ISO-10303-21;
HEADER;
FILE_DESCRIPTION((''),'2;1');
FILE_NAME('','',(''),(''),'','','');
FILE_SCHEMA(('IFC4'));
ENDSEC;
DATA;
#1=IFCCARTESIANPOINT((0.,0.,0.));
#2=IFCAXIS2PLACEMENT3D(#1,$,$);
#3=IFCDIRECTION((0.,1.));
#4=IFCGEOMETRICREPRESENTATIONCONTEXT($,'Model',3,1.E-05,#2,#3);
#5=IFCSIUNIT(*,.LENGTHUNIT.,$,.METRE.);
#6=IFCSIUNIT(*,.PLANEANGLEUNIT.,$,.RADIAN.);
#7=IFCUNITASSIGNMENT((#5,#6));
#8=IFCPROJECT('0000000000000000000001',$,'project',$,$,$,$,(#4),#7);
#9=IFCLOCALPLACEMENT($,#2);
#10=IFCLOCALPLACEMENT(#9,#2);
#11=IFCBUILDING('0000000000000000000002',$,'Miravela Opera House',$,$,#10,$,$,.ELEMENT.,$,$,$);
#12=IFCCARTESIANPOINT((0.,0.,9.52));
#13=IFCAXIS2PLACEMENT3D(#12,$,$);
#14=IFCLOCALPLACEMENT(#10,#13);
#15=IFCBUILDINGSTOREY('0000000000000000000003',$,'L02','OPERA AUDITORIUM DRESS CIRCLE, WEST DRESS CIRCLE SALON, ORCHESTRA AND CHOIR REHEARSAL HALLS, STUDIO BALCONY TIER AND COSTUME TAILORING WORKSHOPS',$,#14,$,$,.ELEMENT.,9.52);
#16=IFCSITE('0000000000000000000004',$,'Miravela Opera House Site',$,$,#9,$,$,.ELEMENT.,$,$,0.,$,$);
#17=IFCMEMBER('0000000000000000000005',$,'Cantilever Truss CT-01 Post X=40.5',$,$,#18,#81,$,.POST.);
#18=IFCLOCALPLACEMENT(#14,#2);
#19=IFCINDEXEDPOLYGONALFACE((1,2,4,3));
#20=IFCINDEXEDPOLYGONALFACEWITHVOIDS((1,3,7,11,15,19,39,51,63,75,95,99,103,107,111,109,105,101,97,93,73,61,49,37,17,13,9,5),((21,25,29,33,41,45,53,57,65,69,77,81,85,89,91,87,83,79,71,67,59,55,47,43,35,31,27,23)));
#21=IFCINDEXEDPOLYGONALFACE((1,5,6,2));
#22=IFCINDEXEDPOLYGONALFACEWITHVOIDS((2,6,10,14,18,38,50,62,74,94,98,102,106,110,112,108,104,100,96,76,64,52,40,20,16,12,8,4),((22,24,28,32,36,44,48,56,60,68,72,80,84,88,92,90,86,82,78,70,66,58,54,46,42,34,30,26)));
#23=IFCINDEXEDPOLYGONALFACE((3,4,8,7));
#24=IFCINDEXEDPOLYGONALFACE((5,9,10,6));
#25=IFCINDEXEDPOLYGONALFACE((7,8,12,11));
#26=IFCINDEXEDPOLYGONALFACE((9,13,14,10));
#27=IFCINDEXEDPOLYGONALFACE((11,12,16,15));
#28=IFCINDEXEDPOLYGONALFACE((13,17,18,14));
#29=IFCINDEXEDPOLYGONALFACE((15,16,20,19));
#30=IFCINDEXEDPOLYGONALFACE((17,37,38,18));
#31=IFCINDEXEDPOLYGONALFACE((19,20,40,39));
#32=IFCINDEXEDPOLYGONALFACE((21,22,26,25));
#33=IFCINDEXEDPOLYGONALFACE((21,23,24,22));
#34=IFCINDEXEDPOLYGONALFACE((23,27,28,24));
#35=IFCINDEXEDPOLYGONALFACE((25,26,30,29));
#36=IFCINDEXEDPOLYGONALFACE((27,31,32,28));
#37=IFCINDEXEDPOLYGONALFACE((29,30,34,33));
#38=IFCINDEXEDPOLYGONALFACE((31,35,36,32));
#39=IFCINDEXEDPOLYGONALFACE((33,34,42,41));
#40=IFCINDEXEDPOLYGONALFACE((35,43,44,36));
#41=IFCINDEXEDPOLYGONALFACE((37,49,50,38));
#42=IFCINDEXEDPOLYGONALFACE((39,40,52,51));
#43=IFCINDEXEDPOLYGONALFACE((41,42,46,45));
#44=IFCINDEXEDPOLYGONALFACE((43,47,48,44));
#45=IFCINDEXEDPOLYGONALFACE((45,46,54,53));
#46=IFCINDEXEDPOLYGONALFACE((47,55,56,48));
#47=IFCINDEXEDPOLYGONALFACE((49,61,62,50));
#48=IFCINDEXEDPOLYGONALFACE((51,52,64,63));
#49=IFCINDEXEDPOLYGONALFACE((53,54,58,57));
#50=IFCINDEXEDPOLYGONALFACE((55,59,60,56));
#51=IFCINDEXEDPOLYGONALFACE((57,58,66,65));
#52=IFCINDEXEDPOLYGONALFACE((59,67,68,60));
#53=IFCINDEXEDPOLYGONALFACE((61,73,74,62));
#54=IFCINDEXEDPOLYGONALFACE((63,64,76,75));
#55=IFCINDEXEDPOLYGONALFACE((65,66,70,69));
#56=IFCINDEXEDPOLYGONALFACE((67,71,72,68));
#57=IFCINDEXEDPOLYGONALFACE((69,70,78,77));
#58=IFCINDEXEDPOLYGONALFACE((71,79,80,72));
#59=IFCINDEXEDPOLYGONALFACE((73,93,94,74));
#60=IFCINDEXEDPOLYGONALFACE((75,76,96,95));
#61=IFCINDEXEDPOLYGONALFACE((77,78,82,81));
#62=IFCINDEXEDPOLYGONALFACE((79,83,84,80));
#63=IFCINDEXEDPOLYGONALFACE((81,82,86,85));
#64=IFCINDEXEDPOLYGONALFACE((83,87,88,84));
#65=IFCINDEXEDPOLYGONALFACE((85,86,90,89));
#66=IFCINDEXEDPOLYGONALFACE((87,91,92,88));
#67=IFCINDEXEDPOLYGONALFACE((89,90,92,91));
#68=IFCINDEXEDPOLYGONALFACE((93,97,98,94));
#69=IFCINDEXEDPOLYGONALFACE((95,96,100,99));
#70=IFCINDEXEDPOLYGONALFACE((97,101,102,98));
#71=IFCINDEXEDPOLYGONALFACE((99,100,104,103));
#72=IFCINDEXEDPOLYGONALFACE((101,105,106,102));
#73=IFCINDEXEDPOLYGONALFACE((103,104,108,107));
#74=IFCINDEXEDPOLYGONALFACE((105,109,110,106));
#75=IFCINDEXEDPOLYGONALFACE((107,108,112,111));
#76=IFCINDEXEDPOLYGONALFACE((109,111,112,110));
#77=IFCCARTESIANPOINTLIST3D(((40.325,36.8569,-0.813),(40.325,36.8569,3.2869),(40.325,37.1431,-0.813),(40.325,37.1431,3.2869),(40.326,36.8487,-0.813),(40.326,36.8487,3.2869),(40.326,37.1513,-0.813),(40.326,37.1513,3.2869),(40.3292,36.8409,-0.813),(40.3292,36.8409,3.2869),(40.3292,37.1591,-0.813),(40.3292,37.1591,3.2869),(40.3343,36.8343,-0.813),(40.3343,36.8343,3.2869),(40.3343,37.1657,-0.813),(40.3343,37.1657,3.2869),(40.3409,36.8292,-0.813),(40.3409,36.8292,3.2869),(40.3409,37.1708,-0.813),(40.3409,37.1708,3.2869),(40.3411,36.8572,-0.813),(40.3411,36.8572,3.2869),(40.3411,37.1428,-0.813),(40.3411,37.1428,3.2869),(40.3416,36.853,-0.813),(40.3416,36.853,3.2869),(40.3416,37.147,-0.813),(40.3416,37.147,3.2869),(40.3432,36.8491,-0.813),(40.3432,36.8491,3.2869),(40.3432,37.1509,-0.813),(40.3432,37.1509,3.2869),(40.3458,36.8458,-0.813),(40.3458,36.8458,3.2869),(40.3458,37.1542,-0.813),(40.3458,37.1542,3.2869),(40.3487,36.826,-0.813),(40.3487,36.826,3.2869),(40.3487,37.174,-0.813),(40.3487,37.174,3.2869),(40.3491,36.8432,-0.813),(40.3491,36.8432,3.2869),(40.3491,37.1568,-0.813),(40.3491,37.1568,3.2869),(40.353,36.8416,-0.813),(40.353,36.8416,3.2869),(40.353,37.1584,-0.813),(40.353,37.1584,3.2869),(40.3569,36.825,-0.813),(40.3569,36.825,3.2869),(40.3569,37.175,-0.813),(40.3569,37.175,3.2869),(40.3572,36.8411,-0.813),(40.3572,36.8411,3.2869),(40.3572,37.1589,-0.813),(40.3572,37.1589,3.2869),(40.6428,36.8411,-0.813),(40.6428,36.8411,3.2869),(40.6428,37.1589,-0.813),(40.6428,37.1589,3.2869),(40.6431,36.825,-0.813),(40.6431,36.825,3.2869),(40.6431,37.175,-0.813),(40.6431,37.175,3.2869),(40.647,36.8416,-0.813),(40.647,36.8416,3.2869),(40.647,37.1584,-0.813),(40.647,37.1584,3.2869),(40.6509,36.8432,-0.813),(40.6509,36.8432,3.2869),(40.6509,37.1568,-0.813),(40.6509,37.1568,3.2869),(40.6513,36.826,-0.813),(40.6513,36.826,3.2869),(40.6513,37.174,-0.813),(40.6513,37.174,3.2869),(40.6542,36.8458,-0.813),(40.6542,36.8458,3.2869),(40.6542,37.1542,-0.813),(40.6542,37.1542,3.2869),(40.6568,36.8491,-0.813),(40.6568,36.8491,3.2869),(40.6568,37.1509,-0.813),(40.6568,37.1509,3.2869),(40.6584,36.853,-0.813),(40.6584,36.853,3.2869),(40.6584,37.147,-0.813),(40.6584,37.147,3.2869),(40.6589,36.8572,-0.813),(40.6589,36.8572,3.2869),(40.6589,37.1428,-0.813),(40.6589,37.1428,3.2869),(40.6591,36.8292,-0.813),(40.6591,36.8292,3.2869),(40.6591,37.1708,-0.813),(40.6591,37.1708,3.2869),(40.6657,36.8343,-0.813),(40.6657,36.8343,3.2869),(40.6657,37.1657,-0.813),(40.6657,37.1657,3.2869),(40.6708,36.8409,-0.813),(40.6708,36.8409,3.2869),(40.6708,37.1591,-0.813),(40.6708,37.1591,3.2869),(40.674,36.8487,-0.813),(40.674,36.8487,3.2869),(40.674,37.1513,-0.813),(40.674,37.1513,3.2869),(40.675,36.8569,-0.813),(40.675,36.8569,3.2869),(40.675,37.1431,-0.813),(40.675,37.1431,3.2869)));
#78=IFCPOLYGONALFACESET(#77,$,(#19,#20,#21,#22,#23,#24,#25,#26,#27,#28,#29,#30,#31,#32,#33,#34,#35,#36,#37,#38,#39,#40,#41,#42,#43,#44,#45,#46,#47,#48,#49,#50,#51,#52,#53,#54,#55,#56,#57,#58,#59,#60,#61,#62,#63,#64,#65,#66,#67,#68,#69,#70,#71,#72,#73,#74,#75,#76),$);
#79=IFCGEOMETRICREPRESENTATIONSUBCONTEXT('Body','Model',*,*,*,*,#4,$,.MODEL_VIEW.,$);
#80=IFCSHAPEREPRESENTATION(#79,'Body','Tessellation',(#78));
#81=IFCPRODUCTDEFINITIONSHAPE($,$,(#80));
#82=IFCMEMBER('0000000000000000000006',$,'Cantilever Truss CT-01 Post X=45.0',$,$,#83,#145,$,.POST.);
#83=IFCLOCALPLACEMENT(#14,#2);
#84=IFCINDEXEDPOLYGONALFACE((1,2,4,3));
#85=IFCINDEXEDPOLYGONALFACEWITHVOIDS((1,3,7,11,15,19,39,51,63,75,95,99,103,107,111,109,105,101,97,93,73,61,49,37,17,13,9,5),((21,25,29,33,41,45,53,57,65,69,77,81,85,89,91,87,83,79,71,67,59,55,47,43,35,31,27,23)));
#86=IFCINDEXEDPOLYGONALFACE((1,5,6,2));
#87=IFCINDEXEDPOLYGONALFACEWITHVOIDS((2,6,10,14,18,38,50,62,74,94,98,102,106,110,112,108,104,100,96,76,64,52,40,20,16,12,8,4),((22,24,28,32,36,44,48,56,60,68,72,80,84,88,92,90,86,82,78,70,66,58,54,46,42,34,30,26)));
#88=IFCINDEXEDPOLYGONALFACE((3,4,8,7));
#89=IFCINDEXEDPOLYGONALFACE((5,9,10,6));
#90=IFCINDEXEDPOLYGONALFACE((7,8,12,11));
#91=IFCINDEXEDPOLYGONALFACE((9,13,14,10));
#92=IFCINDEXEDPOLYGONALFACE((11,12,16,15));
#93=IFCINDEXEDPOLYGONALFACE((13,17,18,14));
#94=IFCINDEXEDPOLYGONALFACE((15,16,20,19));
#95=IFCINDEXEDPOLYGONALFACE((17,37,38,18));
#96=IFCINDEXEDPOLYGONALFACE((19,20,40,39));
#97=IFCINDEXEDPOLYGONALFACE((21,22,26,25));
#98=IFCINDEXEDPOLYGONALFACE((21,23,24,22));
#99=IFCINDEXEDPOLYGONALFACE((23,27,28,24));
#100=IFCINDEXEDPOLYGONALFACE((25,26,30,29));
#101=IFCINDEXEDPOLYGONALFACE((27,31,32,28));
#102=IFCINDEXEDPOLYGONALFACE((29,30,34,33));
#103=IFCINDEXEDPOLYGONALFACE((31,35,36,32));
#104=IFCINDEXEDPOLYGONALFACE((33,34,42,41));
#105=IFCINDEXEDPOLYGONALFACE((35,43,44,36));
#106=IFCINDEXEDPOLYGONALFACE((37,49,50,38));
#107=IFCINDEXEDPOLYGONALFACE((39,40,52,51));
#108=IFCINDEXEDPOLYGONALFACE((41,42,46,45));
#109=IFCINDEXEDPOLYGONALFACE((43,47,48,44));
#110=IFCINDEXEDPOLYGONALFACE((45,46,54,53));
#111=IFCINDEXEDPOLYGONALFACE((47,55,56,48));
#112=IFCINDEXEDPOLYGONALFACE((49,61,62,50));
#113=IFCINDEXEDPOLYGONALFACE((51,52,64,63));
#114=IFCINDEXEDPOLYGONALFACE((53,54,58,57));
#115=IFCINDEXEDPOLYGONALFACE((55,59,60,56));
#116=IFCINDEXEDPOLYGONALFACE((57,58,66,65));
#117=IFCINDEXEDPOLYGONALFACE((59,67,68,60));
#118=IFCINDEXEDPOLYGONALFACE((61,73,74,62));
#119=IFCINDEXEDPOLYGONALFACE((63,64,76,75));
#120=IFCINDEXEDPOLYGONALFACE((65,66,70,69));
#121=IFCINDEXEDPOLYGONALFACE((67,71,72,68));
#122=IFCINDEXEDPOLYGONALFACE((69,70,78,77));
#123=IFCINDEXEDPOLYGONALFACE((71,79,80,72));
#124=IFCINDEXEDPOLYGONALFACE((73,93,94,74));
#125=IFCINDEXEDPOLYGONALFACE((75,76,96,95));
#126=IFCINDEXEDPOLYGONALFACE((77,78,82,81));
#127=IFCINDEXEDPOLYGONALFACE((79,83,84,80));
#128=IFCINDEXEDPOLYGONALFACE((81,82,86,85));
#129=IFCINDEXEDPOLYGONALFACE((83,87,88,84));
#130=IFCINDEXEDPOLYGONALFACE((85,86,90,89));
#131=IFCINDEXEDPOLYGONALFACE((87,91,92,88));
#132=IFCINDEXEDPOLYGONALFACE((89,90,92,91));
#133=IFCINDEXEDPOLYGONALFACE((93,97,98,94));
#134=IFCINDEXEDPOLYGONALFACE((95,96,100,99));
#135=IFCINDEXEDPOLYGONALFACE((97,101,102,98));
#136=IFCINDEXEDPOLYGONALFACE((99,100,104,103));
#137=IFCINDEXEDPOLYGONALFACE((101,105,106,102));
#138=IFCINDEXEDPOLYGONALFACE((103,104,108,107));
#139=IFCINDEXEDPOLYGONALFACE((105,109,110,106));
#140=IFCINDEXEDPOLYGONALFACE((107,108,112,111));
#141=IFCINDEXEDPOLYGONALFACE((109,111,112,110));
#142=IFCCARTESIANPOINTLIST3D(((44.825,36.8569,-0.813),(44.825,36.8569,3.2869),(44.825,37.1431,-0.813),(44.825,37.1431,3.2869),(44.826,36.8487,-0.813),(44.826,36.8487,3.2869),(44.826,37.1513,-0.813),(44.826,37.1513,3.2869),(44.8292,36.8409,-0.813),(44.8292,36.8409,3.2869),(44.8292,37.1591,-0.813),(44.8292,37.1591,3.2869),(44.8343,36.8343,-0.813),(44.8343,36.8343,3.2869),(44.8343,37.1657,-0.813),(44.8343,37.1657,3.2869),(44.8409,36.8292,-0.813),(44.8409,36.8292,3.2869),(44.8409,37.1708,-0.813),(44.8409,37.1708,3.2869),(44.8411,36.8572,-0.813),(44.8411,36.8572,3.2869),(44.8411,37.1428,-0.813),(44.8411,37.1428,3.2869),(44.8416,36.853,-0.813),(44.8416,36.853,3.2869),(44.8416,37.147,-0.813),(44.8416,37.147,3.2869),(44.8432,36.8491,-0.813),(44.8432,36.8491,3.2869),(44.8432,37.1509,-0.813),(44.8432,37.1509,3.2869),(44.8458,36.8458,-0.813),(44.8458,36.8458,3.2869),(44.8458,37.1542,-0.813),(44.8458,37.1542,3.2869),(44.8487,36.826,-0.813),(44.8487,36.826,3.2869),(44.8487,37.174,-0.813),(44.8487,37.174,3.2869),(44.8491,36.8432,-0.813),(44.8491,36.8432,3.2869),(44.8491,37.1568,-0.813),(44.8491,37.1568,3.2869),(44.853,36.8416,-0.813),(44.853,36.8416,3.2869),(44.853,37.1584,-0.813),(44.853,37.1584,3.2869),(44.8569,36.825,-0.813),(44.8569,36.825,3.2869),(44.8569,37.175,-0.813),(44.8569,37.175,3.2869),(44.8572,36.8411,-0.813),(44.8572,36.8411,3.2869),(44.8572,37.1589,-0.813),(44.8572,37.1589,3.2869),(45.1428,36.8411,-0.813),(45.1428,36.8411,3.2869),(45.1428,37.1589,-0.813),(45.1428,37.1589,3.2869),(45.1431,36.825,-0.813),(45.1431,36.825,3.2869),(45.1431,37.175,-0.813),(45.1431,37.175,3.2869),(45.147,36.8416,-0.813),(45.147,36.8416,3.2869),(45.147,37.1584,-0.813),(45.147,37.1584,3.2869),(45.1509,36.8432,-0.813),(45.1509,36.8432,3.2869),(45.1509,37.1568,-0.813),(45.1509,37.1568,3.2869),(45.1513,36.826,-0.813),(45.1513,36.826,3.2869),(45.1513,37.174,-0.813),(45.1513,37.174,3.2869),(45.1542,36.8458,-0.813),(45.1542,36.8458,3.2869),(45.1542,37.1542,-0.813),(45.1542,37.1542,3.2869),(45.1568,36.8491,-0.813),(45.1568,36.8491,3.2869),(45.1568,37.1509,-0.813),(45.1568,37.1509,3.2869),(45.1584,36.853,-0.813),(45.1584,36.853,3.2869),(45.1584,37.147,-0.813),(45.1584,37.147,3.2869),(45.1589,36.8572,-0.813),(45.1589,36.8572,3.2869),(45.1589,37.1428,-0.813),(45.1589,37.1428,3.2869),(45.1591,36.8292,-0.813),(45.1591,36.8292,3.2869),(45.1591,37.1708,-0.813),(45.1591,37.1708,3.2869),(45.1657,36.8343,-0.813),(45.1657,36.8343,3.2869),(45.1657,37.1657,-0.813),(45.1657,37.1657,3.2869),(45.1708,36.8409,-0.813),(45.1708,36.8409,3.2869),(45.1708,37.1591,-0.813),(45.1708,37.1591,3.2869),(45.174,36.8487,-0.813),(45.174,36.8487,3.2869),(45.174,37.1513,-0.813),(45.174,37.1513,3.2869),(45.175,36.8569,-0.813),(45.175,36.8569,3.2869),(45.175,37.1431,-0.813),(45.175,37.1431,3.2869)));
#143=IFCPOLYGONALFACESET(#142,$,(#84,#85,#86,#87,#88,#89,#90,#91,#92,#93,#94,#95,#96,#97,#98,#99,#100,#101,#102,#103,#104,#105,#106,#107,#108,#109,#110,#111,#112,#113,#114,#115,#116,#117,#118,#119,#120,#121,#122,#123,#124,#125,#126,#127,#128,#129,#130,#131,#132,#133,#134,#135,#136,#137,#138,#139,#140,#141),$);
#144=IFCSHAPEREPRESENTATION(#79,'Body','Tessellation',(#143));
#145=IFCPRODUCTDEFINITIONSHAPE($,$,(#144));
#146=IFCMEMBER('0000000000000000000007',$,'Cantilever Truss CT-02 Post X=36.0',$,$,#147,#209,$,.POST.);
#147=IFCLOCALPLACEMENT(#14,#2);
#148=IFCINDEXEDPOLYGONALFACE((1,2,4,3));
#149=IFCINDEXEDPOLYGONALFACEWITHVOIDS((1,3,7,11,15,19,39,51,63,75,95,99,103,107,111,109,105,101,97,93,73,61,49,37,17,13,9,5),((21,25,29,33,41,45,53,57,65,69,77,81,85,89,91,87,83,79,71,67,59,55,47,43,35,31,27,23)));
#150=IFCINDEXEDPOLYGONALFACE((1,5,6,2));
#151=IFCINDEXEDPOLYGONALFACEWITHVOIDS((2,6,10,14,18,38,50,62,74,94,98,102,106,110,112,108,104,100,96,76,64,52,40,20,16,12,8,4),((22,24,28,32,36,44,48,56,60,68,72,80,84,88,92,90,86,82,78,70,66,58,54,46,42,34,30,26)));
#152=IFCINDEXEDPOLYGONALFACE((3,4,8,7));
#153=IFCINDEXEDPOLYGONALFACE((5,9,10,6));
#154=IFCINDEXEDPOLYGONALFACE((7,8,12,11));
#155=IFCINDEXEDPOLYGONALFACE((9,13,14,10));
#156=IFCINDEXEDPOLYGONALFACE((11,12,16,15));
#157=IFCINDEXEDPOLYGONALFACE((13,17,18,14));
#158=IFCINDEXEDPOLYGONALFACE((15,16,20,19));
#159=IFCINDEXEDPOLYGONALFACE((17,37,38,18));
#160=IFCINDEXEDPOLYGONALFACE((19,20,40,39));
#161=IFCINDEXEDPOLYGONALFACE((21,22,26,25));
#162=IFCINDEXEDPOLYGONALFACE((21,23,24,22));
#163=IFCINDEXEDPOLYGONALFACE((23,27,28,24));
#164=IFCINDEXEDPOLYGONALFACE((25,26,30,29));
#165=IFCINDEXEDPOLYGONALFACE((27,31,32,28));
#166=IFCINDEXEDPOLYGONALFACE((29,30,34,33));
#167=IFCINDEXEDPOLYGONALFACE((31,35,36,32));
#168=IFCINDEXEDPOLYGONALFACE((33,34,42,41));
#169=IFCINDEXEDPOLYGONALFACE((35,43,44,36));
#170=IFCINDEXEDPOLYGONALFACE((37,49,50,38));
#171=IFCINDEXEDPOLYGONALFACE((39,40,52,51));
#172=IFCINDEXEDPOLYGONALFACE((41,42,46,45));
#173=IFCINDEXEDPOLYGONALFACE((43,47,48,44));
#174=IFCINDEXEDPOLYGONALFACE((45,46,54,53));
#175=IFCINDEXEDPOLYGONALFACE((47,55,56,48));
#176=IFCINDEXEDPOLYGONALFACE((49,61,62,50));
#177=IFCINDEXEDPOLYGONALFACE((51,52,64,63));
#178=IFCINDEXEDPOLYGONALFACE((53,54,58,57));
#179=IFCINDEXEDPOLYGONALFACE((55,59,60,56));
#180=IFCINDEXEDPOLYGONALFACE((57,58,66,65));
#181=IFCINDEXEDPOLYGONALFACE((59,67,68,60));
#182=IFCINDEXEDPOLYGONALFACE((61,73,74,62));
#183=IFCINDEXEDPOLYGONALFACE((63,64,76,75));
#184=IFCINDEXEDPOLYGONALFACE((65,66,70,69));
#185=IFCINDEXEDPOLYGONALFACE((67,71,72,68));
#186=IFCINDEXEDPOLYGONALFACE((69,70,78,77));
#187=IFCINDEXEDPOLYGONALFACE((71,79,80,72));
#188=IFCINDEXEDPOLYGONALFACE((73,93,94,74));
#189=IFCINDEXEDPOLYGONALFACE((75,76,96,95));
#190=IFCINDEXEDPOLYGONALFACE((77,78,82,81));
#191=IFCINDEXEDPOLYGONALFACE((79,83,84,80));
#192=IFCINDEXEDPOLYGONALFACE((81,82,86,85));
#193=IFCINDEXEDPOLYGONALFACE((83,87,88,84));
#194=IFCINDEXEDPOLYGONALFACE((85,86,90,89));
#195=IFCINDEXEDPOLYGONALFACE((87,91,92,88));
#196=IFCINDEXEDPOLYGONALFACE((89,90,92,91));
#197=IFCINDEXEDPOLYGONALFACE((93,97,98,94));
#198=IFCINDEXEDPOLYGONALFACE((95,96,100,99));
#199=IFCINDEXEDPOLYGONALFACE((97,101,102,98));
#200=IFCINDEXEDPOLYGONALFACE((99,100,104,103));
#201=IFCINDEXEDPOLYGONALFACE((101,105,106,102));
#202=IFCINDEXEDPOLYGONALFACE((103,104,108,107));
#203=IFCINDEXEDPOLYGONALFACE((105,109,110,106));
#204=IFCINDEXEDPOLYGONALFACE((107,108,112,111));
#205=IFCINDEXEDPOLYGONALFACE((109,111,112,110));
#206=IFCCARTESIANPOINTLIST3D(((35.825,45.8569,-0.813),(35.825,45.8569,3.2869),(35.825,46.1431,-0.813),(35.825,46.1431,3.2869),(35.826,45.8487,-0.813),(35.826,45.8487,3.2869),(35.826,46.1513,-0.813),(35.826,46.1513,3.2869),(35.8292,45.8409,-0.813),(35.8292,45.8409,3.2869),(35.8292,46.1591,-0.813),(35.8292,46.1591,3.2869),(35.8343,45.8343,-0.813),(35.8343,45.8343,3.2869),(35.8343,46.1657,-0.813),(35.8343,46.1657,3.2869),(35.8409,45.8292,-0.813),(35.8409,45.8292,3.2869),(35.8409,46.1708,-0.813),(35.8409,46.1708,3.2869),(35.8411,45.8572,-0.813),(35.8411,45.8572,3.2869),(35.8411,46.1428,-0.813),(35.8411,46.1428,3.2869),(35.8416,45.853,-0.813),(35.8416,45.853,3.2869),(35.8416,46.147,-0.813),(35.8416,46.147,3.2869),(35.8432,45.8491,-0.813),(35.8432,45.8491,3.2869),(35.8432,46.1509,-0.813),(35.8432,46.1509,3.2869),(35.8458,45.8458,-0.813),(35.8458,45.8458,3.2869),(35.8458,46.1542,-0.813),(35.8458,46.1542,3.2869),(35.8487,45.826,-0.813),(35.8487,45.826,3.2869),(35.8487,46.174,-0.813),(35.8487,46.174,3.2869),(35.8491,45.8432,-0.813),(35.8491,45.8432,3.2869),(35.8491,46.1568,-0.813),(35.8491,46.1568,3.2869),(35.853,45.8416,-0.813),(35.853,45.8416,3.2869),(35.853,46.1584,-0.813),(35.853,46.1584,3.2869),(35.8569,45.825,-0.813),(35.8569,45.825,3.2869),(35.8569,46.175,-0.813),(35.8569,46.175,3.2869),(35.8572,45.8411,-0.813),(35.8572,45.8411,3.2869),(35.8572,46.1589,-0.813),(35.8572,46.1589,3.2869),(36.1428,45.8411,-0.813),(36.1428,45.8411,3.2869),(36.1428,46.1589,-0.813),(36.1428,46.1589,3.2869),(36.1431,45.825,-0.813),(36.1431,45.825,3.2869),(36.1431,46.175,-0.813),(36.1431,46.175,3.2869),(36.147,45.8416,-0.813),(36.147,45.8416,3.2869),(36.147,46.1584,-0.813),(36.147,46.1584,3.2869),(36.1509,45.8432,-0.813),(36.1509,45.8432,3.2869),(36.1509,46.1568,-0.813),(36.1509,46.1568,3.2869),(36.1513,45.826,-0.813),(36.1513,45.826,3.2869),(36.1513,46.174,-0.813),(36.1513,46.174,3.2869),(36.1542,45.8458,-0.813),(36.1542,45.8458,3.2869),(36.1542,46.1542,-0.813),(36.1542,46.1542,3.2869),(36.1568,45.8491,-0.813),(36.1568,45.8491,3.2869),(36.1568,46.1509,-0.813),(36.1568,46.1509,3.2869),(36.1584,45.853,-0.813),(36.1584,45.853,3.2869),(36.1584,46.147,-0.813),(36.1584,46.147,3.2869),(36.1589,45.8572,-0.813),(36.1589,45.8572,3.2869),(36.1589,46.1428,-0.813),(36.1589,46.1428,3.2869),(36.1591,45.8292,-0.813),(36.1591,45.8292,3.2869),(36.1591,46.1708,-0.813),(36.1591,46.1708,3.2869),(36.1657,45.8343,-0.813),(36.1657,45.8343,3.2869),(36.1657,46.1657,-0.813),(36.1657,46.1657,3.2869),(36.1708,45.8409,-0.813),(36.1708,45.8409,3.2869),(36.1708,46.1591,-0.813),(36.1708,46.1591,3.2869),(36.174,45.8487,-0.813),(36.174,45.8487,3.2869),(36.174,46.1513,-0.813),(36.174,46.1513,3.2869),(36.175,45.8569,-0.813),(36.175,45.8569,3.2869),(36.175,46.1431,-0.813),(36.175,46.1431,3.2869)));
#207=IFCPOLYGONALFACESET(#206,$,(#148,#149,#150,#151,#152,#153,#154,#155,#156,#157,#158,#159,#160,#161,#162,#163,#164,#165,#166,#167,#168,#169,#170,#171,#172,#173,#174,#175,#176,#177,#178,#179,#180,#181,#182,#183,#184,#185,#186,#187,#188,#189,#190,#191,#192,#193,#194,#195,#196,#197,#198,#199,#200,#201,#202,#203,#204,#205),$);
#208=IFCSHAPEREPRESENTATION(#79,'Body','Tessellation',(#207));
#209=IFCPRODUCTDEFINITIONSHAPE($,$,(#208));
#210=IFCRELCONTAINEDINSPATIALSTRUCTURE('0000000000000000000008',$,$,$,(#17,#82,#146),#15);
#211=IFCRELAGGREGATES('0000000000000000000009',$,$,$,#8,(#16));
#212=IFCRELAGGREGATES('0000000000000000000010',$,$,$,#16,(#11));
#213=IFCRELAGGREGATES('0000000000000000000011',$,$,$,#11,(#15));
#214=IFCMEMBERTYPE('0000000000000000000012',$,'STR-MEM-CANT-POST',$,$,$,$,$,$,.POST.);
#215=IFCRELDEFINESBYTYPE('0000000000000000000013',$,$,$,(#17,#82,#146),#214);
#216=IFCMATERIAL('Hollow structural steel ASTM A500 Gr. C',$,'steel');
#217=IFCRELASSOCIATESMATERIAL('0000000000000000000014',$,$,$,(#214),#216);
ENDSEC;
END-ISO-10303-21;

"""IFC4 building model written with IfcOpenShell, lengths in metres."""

from ifc_helpers import new_model, si_unit, direction, frame, origin, origin_2d, place, context, subcontext, project, spatial, hollow_rectangle, extrude, material, material_profile, profile_set, type_object, element, save


model = new_model("IFC4")

# Units and contexts
model_context = context("Model", 3, precision=1e-05, world=origin(), true_north=direction((0.0, 1.0)))
body_context = subcontext(model_context, "Body", "Model", "MODEL_VIEW")
ifc_project = project(units=[si_unit("LENGTHUNIT", "METRE"), si_unit("PLANEANGLEUNIT", "RADIAN")], contexts=[model_context])

# Site, building, storey
site_placement = place(None, origin())
site = spatial("IfcSite", under=ifc_project, at=site_placement, Name="Miravela Opera House Site", CompositionType="ELEMENT", RefElevation=0.0)
building_placement = place(site_placement, origin())
building = spatial("IfcBuilding", under=site, at=building_placement, Name="Miravela Opera House", CompositionType="ELEMENT")
storey_placement = place(building_placement, frame((0.0, 0.0, 9.52)))
storey = spatial("IfcBuildingStorey", under=building, at=storey_placement, Name="L02", Description="OPERA AUDITORIUM DRESS CIRCLE, WEST DRESS CIRCLE SALON, ORCHESTRA AND CHOIR REHEARSAL HALLS, STUDIO BALCONY TIER AND COSTUME TAILORING WORKSHOPS", CompositionType="ELEMENT", Elevation=9.52)

# Members
ifc_material_1 = material(Name="Hollow structural steel ASTM A500 Gr. C", Category="steel")
ifc_material_profile_1 = material_profile(ifc_material_1, hollow_rectangle(XDim=0.3501, YDim=0.3501, WallThickness=0.0161, InnerFilletRadius=0.0161, OuterFilletRadius=0.032, at=origin_2d()), Name="HSS350X350X16")
ifc_profile_set_1 = profile_set([ifc_material_profile_1])
member_type_1 = type_object("IfcMemberType", Name="STR-MEM-CANT-POST", PredefinedType="POST", material=ifc_profile_set_1)
for number, where, z_axis, x_axis, name in (
    (1, (40.5, 37.0, -0.813), (0.0, 0.0, 1.0), (1.0, 0.0, 0.0), "Cantilever Truss CT-01 Post X=40.5"),
    (2, (45.0, 37.0, -0.813), (0.0, 0.0, 1.0), (1.0, 0.0, 0.0), "Cantilever Truss CT-01 Post X=45.0"),
    (3, (36.0, 46.0, -0.813), (0.0, 0.0, 1.0), (1.0, 0.0, 0.0), "Cantilever Truss CT-02 Post X=36.0"),
):
    element("IfcMember", number, at=place(storey_placement, frame(where, z_axis=z_axis, x_axis=x_axis)), inside=storey, type_object=member_type_1, Name=name, PredefinedType="POST", context=body_context, shape_type="SweptSolid", body=[
        extrude(hollow_rectangle(XDim=0.3501, YDim=0.3501, WallThickness=0.0161, InnerFilletRadius=0.0161, OuterFilletRadius=0.032, at=origin_2d()), origin(), (0.0, 0.0, 1.0), 4.0999),
    ])

save(model, "model.ifc")
